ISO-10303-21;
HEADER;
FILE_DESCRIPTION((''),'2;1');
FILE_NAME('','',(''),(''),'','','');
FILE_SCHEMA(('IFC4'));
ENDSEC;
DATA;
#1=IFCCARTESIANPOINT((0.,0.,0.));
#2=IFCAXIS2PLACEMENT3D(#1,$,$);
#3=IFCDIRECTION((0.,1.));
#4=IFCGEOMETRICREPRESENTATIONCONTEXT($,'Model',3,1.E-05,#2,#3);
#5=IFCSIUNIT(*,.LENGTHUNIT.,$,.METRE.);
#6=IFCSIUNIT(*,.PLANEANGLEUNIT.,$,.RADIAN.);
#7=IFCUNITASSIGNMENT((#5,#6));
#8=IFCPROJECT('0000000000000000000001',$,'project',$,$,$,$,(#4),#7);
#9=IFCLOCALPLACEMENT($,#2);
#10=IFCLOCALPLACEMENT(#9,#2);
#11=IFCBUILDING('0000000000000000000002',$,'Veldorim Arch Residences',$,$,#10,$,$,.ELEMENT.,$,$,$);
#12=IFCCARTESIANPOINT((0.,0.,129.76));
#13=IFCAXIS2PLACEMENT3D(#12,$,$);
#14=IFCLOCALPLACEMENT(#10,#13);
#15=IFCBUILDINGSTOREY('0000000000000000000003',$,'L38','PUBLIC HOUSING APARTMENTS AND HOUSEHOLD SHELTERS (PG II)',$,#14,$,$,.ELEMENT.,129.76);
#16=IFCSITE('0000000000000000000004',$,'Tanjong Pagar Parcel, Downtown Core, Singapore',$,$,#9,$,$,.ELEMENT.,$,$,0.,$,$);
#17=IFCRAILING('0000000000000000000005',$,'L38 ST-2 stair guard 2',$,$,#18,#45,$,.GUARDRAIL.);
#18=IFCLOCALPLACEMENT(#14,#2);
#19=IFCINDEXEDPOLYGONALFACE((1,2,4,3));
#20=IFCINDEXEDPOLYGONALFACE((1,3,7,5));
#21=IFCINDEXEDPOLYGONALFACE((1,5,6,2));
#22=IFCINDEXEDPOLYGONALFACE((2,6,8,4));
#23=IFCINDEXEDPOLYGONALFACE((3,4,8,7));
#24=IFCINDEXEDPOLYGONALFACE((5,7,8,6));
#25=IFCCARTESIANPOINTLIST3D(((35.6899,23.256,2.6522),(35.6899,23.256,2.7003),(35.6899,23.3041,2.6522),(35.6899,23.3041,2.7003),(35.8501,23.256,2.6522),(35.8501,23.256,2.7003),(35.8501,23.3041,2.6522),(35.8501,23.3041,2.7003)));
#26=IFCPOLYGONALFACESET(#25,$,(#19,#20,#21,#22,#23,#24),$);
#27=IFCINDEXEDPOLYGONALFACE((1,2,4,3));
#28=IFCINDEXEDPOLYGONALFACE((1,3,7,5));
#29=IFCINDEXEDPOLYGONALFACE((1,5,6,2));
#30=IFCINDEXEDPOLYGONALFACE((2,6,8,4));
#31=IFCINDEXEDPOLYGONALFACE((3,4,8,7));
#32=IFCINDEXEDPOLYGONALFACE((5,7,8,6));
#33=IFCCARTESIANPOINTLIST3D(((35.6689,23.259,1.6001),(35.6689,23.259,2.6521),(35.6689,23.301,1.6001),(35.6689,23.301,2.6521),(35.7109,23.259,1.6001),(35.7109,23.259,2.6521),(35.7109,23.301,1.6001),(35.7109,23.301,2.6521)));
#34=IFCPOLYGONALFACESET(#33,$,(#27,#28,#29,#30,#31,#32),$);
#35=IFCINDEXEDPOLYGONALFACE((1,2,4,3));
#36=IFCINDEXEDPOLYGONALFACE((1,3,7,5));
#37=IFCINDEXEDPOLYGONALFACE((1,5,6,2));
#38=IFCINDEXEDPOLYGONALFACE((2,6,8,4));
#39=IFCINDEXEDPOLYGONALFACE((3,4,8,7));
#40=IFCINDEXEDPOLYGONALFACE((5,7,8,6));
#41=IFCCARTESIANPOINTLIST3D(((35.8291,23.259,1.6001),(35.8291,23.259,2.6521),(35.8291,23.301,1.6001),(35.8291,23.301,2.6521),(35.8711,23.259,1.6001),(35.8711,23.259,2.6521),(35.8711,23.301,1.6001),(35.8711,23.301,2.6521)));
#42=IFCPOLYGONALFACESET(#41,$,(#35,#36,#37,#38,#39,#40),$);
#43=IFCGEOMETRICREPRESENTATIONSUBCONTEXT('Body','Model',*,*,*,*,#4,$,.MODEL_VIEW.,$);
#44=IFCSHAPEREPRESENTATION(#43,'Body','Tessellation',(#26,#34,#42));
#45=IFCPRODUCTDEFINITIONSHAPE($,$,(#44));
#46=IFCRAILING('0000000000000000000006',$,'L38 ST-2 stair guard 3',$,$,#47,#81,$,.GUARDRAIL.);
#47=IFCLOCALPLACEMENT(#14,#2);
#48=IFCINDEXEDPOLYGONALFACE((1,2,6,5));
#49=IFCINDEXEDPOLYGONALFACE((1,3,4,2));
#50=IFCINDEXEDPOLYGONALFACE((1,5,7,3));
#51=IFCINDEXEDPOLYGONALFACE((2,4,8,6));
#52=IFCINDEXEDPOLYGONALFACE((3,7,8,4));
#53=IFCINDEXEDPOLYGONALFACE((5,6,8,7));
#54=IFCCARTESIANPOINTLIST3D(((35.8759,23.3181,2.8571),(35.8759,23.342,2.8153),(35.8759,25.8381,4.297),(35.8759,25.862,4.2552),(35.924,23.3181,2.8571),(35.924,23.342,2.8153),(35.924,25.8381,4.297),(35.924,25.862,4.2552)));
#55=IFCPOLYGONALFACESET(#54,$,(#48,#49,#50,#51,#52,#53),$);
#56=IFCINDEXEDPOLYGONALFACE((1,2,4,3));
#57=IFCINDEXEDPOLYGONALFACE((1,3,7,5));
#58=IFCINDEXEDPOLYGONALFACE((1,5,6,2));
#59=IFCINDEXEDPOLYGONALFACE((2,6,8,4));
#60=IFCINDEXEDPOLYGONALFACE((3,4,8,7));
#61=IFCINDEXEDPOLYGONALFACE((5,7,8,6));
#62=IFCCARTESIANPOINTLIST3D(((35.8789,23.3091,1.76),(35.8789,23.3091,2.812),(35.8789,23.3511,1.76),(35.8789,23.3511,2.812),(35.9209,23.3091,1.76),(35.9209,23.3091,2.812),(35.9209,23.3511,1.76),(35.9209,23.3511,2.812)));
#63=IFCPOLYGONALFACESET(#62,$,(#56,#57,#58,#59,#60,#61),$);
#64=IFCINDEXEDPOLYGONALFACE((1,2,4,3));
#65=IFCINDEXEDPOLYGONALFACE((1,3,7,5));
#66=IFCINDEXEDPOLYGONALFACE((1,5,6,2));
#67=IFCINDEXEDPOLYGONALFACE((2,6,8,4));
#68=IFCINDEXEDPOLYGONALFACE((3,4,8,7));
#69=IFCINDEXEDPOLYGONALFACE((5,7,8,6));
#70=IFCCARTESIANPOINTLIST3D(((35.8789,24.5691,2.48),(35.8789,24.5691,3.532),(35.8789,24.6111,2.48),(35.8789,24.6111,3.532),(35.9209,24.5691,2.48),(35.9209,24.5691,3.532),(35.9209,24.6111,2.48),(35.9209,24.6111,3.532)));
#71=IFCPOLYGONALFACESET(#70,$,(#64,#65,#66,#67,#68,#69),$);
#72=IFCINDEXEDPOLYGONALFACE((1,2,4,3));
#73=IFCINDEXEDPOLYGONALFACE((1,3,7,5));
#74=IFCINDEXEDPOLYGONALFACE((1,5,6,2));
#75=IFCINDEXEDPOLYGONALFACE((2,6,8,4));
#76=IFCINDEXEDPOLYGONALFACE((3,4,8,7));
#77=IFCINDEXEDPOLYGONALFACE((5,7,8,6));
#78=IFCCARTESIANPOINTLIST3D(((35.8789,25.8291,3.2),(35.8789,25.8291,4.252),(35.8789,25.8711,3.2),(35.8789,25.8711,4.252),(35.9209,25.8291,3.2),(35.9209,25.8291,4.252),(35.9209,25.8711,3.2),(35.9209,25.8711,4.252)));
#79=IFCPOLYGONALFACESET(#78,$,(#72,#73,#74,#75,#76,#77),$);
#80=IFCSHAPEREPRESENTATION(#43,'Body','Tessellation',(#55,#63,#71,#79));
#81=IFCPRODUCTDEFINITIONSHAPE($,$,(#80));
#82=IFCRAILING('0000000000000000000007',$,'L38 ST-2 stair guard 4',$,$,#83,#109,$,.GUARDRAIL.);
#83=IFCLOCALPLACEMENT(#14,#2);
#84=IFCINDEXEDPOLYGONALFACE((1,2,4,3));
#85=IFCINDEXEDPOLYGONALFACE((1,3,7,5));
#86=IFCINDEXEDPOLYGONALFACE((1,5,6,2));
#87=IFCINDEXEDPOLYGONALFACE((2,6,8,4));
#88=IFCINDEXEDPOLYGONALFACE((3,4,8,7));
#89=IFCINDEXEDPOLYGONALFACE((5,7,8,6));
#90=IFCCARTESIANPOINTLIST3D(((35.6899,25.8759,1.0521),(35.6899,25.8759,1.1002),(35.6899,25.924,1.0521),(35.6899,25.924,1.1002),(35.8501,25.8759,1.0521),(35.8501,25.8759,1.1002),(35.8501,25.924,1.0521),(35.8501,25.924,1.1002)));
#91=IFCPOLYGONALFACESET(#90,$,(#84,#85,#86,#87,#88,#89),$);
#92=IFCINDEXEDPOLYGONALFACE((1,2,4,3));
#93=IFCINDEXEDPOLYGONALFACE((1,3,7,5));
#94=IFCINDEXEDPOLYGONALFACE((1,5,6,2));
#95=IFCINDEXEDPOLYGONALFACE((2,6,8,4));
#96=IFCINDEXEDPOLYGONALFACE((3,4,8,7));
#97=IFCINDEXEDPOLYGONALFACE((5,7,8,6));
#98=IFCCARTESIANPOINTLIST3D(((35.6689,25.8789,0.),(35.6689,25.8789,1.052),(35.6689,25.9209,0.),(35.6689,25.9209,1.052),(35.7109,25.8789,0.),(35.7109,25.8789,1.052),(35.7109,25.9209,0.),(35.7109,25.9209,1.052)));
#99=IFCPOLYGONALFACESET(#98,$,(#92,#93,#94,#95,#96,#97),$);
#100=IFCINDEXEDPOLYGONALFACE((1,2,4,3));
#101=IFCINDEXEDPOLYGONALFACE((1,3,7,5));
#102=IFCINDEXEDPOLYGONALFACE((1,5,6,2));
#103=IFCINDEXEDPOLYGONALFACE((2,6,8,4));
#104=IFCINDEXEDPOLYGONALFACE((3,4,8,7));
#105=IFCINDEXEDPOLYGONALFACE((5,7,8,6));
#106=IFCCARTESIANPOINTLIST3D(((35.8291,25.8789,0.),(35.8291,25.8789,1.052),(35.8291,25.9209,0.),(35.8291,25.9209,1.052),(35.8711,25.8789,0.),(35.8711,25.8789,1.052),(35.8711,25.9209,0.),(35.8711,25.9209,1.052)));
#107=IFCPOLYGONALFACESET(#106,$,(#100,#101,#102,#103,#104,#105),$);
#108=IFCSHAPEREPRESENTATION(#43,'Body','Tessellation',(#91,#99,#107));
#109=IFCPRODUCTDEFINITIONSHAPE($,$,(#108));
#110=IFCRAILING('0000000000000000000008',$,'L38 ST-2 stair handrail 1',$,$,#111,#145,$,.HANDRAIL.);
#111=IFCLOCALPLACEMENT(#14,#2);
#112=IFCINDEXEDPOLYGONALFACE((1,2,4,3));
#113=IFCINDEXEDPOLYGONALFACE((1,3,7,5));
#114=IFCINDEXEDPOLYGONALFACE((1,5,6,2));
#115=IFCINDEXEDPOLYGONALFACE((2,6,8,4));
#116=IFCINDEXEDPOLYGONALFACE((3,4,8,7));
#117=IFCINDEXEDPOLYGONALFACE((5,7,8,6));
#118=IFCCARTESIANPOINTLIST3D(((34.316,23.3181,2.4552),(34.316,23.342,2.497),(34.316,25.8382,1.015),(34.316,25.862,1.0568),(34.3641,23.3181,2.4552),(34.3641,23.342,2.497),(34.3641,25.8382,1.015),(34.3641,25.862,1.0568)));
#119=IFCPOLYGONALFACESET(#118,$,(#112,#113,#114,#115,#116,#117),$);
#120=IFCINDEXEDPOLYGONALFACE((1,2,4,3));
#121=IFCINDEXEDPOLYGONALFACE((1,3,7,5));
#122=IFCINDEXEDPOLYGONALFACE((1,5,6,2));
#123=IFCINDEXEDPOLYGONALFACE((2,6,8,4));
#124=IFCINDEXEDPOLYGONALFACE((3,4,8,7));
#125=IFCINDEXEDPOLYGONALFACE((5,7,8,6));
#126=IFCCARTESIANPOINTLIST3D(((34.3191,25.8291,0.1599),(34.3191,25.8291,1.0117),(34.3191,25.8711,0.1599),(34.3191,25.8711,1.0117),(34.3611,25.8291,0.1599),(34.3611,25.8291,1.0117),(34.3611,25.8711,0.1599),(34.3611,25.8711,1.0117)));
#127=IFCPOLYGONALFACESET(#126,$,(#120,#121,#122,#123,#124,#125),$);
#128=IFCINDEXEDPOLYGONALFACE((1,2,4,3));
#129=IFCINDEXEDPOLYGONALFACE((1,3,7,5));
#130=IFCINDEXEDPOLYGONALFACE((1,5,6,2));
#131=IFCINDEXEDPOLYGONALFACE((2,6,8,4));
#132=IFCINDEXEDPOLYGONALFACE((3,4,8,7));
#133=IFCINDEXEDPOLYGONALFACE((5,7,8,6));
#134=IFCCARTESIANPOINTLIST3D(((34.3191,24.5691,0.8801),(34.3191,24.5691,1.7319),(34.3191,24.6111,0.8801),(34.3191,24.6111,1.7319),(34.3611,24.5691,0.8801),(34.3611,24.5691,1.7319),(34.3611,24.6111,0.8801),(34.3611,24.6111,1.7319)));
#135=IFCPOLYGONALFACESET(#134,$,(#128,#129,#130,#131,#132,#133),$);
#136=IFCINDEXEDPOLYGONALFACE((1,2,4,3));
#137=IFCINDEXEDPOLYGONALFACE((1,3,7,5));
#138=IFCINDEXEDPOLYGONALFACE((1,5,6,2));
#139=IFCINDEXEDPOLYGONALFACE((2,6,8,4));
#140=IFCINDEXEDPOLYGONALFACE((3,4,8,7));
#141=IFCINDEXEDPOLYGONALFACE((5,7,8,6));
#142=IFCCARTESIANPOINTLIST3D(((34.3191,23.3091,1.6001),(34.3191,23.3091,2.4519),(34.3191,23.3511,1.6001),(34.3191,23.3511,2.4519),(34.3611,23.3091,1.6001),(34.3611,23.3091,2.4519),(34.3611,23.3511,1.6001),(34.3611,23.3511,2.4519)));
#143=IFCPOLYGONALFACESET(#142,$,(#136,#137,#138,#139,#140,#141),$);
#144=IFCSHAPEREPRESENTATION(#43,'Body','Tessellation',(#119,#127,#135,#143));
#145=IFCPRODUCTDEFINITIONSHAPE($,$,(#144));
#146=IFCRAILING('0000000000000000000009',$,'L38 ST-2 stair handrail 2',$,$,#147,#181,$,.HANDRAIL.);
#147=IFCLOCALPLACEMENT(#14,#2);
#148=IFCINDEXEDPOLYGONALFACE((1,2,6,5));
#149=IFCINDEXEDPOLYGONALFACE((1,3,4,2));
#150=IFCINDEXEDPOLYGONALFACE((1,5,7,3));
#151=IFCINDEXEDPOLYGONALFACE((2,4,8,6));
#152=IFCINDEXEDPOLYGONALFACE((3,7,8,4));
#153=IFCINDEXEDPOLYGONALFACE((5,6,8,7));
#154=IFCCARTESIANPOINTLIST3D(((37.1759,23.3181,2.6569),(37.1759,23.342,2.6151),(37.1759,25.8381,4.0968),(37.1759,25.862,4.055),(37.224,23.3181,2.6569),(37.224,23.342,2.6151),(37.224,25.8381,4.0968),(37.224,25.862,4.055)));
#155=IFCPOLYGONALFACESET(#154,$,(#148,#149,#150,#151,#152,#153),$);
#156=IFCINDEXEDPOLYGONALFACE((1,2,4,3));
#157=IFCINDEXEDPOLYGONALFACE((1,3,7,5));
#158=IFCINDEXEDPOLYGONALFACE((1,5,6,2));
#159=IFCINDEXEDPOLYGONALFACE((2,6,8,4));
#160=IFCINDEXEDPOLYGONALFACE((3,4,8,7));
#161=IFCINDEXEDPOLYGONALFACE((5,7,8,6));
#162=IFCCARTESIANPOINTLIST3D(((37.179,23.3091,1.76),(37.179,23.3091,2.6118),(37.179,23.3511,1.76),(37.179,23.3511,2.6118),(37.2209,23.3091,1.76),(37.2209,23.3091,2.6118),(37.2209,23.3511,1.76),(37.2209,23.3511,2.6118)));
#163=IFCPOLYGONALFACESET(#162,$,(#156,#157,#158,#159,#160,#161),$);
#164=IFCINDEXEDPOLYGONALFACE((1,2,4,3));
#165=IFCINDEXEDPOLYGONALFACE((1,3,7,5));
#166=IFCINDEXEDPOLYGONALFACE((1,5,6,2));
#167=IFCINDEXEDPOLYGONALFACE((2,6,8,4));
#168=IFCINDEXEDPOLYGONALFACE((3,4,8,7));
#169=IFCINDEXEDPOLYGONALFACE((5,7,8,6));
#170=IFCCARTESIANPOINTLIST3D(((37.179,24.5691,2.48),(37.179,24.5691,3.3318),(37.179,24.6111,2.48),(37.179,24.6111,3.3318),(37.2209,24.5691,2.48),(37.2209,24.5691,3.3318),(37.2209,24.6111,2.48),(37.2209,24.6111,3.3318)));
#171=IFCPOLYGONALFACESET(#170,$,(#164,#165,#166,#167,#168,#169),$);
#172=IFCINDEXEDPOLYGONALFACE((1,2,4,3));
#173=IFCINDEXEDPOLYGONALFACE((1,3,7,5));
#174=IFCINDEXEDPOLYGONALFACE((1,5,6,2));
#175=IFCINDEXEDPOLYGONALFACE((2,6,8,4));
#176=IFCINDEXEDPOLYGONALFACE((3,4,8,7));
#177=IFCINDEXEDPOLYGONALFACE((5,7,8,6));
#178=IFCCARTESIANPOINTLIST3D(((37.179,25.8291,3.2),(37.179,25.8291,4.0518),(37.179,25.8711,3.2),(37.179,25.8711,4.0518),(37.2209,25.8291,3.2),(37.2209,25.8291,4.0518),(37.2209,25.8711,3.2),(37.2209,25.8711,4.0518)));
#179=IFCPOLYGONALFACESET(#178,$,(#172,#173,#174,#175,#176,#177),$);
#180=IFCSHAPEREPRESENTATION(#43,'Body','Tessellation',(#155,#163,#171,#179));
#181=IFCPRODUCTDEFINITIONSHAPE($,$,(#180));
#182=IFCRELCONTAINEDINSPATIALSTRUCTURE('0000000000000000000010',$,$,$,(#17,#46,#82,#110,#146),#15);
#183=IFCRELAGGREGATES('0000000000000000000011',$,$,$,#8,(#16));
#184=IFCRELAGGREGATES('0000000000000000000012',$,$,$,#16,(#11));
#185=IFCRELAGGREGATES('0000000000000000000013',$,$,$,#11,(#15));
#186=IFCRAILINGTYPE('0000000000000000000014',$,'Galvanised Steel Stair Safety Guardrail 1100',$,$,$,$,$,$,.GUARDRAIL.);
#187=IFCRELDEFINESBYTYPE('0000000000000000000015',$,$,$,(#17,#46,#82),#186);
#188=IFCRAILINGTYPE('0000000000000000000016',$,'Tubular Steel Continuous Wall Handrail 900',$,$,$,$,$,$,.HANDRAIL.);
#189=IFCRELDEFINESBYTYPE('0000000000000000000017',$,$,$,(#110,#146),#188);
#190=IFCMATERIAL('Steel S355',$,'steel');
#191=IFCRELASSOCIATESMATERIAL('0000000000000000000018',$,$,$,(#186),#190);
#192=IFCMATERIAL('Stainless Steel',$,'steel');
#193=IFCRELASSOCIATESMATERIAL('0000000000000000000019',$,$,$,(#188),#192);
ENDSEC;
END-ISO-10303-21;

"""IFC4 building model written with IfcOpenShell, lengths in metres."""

from ifc_helpers import new_model, si_unit, direction, frame, origin, origin_2d, place, context, subcontext, project, spatial, rectangle, extrude, material, type_object, element, save


model = new_model("IFC4")

# Units and contexts
model_context = context("Model", 3, precision=1e-05, world=origin(), true_north=direction((0.0, 1.0)))
body_context = subcontext(model_context, "Body", "Model", "MODEL_VIEW")
ifc_project = project(units=[si_unit("LENGTHUNIT", "METRE"), si_unit("PLANEANGLEUNIT", "RADIAN")], contexts=[model_context])

# Site, building, storey
site_placement = place(None, origin())
site = spatial("IfcSite", under=ifc_project, at=site_placement, Name="Tanjong Pagar Parcel, Downtown Core, Singapore", CompositionType="ELEMENT", RefElevation=0.0)
building_placement = place(site_placement, origin())
building = spatial("IfcBuilding", under=site, at=building_placement, Name="Veldorim Arch Residences", CompositionType="ELEMENT")
storey_placement = place(building_placement, frame((0.0, 0.0, 129.76)))
storey = spatial("IfcBuildingStorey", under=building, at=storey_placement, Name="L38", Description="PUBLIC HOUSING APARTMENTS AND HOUSEHOLD SHELTERS (PG II)", CompositionType="ELEMENT", Elevation=129.76)

# Railings
ifc_material_1 = material(Name="Steel S355", Category="steel")
railing_type_1 = type_object("IfcRailingType", Name="Galvanised Steel Stair Safety Guardrail 1100", PredefinedType="GUARDRAIL", material=ifc_material_1)
railing_1_placement = place(storey_placement, frame((35.6899, 23.28, 1.6001)))
element("IfcRailing", 1, at=railing_1_placement, inside=storey, type_object=railing_type_1, Name="L38 ST-2 stair guard 2", PredefinedType="GUARDRAIL", context=body_context, shape_type="SweptSolid", body=[
    extrude(rectangle(XDim=0.0481, YDim=0.0481, at=origin_2d()), frame((0.0, 0.0, 1.0762), z_axis=(1.0, 0.0, 0.0), x_axis=(0.0, 1.0, 0.0)), (0.0, 0.0, 1.0), 0.1602),
    extrude(rectangle(XDim=0.042, YDim=0.042, at=origin_2d()), origin(), (0.0, 0.0, 1.0), 1.052),
    extrude(rectangle(XDim=0.042, YDim=0.042, at=origin_2d()), frame((0.1602, 0.0, 0.0)), (0.0, 0.0, 1.0), 1.052),
])
railing_2_placement = place(storey_placement, frame((35.8999, 23.3301, 1.76)))
element("IfcRailing", 2, at=railing_2_placement, inside=storey, type_object=railing_type_1, Name="L38 ST-2 stair guard 3", PredefinedType="GUARDRAIL", context=body_context, shape_type="SweptSolid", body=[
    extrude(rectangle(XDim=0.0481, YDim=0.0481, at=origin_2d()), frame((0.0, 0.0, 1.0762), z_axis=(0.0, 0.868253, 0.496121), x_axis=(-1.0, 0.0, 0.0)), (0.0, 0.0, 1.0), 2.9023),
    extrude(rectangle(XDim=0.042, YDim=0.042, at=origin_2d()), origin(), (0.0, 0.0, 1.0), 1.052),
    extrude(rectangle(XDim=0.042, YDim=0.042, at=origin_2d()), frame((0.0, 1.26, 0.72)), (0.0, 0.0, 1.0), 1.052),
    extrude(rectangle(XDim=0.042, YDim=0.042, at=origin_2d()), frame((0.0, 2.52, 1.4399)), (0.0, 0.0, 1.0), 1.052),
])
railing_3_placement = place(storey_placement, frame((35.6899, 25.8999, 0.0)))
element("IfcRailing", 3, at=railing_3_placement, inside=storey, type_object=railing_type_1, Name="L38 ST-2 stair guard 4", PredefinedType="GUARDRAIL", context=body_context, shape_type="SweptSolid", body=[
    extrude(rectangle(XDim=0.0481, YDim=0.0481, at=origin_2d()), frame((0.0, 0.0, 1.0762), z_axis=(1.0, 0.0, 0.0), x_axis=(0.0, 1.0, 0.0)), (0.0, 0.0, 1.0), 0.1602),
    extrude(rectangle(XDim=0.042, YDim=0.042, at=origin_2d()), origin(), (0.0, 0.0, 1.0), 1.052),
    extrude(rectangle(XDim=0.042, YDim=0.042, at=origin_2d()), frame((0.1602, 0.0, 0.0)), (0.0, 0.0, 1.0), 1.052),
])
ifc_material_2 = material(Name="Stainless Steel", Category="steel")
railing_type_2 = type_object("IfcRailingType", Name="Tubular Steel Continuous Wall Handrail 900", PredefinedType="HANDRAIL", material=ifc_material_2)
railing_4_placement = place(storey_placement, frame((34.3401, 25.8501, 0.1599)))
element("IfcRailing", 4, at=railing_4_placement, inside=storey, type_object=railing_type_2, Name="L38 ST-2 stair handrail 1", PredefinedType="HANDRAIL", context=body_context, shape_type="SweptSolid", body=[
    extrude(rectangle(XDim=0.0481, YDim=0.0481, at=origin_2d()), frame((0.0, 0.0, 0.876), z_axis=(0.0, -0.868217, 0.496184), x_axis=(1.0, 0.0, 0.0)), (0.0, 0.0, 1.0), 2.9026),
    extrude(rectangle(XDim=0.042, YDim=0.042, at=origin_2d()), origin(), (0.0, 0.0, 1.0), 0.8518),
    extrude(rectangle(XDim=0.042, YDim=0.042, at=origin_2d()), frame((0.0, -1.26, 0.7202)), (0.0, 0.0, 1.0), 0.8518),
    extrude(rectangle(XDim=0.042, YDim=0.042, at=origin_2d()), frame((0.0, -2.52, 1.4402)), (0.0, 0.0, 1.0), 0.8518),
])
railing_5_placement = place(storey_placement, frame((37.2, 23.3301, 1.76)))
element("IfcRailing", 5, at=railing_5_placement, inside=storey, type_object=railing_type_2, Name="L38 ST-2 stair handrail 2", PredefinedType="HANDRAIL", context=body_context, shape_type="SweptSolid", body=[
    extrude(rectangle(XDim=0.0481, YDim=0.0481, at=origin_2d()), frame((0.0, 0.0, 0.876), z_axis=(0.0, 0.868253, 0.496121), x_axis=(-1.0, 0.0, 0.0)), (0.0, 0.0, 1.0), 2.9023),
    extrude(rectangle(XDim=0.042, YDim=0.042, at=origin_2d()), origin(), (0.0, 0.0, 1.0), 0.8518),
    extrude(rectangle(XDim=0.042, YDim=0.042, at=origin_2d()), frame((0.0, 1.26, 0.72)), (0.0, 0.0, 1.0), 0.8518),
    extrude(rectangle(XDim=0.042, YDim=0.042, at=origin_2d()), frame((0.0, 2.52, 1.4399)), (0.0, 0.0, 1.0), 0.8518),
])

save(model, "model.ifc")
